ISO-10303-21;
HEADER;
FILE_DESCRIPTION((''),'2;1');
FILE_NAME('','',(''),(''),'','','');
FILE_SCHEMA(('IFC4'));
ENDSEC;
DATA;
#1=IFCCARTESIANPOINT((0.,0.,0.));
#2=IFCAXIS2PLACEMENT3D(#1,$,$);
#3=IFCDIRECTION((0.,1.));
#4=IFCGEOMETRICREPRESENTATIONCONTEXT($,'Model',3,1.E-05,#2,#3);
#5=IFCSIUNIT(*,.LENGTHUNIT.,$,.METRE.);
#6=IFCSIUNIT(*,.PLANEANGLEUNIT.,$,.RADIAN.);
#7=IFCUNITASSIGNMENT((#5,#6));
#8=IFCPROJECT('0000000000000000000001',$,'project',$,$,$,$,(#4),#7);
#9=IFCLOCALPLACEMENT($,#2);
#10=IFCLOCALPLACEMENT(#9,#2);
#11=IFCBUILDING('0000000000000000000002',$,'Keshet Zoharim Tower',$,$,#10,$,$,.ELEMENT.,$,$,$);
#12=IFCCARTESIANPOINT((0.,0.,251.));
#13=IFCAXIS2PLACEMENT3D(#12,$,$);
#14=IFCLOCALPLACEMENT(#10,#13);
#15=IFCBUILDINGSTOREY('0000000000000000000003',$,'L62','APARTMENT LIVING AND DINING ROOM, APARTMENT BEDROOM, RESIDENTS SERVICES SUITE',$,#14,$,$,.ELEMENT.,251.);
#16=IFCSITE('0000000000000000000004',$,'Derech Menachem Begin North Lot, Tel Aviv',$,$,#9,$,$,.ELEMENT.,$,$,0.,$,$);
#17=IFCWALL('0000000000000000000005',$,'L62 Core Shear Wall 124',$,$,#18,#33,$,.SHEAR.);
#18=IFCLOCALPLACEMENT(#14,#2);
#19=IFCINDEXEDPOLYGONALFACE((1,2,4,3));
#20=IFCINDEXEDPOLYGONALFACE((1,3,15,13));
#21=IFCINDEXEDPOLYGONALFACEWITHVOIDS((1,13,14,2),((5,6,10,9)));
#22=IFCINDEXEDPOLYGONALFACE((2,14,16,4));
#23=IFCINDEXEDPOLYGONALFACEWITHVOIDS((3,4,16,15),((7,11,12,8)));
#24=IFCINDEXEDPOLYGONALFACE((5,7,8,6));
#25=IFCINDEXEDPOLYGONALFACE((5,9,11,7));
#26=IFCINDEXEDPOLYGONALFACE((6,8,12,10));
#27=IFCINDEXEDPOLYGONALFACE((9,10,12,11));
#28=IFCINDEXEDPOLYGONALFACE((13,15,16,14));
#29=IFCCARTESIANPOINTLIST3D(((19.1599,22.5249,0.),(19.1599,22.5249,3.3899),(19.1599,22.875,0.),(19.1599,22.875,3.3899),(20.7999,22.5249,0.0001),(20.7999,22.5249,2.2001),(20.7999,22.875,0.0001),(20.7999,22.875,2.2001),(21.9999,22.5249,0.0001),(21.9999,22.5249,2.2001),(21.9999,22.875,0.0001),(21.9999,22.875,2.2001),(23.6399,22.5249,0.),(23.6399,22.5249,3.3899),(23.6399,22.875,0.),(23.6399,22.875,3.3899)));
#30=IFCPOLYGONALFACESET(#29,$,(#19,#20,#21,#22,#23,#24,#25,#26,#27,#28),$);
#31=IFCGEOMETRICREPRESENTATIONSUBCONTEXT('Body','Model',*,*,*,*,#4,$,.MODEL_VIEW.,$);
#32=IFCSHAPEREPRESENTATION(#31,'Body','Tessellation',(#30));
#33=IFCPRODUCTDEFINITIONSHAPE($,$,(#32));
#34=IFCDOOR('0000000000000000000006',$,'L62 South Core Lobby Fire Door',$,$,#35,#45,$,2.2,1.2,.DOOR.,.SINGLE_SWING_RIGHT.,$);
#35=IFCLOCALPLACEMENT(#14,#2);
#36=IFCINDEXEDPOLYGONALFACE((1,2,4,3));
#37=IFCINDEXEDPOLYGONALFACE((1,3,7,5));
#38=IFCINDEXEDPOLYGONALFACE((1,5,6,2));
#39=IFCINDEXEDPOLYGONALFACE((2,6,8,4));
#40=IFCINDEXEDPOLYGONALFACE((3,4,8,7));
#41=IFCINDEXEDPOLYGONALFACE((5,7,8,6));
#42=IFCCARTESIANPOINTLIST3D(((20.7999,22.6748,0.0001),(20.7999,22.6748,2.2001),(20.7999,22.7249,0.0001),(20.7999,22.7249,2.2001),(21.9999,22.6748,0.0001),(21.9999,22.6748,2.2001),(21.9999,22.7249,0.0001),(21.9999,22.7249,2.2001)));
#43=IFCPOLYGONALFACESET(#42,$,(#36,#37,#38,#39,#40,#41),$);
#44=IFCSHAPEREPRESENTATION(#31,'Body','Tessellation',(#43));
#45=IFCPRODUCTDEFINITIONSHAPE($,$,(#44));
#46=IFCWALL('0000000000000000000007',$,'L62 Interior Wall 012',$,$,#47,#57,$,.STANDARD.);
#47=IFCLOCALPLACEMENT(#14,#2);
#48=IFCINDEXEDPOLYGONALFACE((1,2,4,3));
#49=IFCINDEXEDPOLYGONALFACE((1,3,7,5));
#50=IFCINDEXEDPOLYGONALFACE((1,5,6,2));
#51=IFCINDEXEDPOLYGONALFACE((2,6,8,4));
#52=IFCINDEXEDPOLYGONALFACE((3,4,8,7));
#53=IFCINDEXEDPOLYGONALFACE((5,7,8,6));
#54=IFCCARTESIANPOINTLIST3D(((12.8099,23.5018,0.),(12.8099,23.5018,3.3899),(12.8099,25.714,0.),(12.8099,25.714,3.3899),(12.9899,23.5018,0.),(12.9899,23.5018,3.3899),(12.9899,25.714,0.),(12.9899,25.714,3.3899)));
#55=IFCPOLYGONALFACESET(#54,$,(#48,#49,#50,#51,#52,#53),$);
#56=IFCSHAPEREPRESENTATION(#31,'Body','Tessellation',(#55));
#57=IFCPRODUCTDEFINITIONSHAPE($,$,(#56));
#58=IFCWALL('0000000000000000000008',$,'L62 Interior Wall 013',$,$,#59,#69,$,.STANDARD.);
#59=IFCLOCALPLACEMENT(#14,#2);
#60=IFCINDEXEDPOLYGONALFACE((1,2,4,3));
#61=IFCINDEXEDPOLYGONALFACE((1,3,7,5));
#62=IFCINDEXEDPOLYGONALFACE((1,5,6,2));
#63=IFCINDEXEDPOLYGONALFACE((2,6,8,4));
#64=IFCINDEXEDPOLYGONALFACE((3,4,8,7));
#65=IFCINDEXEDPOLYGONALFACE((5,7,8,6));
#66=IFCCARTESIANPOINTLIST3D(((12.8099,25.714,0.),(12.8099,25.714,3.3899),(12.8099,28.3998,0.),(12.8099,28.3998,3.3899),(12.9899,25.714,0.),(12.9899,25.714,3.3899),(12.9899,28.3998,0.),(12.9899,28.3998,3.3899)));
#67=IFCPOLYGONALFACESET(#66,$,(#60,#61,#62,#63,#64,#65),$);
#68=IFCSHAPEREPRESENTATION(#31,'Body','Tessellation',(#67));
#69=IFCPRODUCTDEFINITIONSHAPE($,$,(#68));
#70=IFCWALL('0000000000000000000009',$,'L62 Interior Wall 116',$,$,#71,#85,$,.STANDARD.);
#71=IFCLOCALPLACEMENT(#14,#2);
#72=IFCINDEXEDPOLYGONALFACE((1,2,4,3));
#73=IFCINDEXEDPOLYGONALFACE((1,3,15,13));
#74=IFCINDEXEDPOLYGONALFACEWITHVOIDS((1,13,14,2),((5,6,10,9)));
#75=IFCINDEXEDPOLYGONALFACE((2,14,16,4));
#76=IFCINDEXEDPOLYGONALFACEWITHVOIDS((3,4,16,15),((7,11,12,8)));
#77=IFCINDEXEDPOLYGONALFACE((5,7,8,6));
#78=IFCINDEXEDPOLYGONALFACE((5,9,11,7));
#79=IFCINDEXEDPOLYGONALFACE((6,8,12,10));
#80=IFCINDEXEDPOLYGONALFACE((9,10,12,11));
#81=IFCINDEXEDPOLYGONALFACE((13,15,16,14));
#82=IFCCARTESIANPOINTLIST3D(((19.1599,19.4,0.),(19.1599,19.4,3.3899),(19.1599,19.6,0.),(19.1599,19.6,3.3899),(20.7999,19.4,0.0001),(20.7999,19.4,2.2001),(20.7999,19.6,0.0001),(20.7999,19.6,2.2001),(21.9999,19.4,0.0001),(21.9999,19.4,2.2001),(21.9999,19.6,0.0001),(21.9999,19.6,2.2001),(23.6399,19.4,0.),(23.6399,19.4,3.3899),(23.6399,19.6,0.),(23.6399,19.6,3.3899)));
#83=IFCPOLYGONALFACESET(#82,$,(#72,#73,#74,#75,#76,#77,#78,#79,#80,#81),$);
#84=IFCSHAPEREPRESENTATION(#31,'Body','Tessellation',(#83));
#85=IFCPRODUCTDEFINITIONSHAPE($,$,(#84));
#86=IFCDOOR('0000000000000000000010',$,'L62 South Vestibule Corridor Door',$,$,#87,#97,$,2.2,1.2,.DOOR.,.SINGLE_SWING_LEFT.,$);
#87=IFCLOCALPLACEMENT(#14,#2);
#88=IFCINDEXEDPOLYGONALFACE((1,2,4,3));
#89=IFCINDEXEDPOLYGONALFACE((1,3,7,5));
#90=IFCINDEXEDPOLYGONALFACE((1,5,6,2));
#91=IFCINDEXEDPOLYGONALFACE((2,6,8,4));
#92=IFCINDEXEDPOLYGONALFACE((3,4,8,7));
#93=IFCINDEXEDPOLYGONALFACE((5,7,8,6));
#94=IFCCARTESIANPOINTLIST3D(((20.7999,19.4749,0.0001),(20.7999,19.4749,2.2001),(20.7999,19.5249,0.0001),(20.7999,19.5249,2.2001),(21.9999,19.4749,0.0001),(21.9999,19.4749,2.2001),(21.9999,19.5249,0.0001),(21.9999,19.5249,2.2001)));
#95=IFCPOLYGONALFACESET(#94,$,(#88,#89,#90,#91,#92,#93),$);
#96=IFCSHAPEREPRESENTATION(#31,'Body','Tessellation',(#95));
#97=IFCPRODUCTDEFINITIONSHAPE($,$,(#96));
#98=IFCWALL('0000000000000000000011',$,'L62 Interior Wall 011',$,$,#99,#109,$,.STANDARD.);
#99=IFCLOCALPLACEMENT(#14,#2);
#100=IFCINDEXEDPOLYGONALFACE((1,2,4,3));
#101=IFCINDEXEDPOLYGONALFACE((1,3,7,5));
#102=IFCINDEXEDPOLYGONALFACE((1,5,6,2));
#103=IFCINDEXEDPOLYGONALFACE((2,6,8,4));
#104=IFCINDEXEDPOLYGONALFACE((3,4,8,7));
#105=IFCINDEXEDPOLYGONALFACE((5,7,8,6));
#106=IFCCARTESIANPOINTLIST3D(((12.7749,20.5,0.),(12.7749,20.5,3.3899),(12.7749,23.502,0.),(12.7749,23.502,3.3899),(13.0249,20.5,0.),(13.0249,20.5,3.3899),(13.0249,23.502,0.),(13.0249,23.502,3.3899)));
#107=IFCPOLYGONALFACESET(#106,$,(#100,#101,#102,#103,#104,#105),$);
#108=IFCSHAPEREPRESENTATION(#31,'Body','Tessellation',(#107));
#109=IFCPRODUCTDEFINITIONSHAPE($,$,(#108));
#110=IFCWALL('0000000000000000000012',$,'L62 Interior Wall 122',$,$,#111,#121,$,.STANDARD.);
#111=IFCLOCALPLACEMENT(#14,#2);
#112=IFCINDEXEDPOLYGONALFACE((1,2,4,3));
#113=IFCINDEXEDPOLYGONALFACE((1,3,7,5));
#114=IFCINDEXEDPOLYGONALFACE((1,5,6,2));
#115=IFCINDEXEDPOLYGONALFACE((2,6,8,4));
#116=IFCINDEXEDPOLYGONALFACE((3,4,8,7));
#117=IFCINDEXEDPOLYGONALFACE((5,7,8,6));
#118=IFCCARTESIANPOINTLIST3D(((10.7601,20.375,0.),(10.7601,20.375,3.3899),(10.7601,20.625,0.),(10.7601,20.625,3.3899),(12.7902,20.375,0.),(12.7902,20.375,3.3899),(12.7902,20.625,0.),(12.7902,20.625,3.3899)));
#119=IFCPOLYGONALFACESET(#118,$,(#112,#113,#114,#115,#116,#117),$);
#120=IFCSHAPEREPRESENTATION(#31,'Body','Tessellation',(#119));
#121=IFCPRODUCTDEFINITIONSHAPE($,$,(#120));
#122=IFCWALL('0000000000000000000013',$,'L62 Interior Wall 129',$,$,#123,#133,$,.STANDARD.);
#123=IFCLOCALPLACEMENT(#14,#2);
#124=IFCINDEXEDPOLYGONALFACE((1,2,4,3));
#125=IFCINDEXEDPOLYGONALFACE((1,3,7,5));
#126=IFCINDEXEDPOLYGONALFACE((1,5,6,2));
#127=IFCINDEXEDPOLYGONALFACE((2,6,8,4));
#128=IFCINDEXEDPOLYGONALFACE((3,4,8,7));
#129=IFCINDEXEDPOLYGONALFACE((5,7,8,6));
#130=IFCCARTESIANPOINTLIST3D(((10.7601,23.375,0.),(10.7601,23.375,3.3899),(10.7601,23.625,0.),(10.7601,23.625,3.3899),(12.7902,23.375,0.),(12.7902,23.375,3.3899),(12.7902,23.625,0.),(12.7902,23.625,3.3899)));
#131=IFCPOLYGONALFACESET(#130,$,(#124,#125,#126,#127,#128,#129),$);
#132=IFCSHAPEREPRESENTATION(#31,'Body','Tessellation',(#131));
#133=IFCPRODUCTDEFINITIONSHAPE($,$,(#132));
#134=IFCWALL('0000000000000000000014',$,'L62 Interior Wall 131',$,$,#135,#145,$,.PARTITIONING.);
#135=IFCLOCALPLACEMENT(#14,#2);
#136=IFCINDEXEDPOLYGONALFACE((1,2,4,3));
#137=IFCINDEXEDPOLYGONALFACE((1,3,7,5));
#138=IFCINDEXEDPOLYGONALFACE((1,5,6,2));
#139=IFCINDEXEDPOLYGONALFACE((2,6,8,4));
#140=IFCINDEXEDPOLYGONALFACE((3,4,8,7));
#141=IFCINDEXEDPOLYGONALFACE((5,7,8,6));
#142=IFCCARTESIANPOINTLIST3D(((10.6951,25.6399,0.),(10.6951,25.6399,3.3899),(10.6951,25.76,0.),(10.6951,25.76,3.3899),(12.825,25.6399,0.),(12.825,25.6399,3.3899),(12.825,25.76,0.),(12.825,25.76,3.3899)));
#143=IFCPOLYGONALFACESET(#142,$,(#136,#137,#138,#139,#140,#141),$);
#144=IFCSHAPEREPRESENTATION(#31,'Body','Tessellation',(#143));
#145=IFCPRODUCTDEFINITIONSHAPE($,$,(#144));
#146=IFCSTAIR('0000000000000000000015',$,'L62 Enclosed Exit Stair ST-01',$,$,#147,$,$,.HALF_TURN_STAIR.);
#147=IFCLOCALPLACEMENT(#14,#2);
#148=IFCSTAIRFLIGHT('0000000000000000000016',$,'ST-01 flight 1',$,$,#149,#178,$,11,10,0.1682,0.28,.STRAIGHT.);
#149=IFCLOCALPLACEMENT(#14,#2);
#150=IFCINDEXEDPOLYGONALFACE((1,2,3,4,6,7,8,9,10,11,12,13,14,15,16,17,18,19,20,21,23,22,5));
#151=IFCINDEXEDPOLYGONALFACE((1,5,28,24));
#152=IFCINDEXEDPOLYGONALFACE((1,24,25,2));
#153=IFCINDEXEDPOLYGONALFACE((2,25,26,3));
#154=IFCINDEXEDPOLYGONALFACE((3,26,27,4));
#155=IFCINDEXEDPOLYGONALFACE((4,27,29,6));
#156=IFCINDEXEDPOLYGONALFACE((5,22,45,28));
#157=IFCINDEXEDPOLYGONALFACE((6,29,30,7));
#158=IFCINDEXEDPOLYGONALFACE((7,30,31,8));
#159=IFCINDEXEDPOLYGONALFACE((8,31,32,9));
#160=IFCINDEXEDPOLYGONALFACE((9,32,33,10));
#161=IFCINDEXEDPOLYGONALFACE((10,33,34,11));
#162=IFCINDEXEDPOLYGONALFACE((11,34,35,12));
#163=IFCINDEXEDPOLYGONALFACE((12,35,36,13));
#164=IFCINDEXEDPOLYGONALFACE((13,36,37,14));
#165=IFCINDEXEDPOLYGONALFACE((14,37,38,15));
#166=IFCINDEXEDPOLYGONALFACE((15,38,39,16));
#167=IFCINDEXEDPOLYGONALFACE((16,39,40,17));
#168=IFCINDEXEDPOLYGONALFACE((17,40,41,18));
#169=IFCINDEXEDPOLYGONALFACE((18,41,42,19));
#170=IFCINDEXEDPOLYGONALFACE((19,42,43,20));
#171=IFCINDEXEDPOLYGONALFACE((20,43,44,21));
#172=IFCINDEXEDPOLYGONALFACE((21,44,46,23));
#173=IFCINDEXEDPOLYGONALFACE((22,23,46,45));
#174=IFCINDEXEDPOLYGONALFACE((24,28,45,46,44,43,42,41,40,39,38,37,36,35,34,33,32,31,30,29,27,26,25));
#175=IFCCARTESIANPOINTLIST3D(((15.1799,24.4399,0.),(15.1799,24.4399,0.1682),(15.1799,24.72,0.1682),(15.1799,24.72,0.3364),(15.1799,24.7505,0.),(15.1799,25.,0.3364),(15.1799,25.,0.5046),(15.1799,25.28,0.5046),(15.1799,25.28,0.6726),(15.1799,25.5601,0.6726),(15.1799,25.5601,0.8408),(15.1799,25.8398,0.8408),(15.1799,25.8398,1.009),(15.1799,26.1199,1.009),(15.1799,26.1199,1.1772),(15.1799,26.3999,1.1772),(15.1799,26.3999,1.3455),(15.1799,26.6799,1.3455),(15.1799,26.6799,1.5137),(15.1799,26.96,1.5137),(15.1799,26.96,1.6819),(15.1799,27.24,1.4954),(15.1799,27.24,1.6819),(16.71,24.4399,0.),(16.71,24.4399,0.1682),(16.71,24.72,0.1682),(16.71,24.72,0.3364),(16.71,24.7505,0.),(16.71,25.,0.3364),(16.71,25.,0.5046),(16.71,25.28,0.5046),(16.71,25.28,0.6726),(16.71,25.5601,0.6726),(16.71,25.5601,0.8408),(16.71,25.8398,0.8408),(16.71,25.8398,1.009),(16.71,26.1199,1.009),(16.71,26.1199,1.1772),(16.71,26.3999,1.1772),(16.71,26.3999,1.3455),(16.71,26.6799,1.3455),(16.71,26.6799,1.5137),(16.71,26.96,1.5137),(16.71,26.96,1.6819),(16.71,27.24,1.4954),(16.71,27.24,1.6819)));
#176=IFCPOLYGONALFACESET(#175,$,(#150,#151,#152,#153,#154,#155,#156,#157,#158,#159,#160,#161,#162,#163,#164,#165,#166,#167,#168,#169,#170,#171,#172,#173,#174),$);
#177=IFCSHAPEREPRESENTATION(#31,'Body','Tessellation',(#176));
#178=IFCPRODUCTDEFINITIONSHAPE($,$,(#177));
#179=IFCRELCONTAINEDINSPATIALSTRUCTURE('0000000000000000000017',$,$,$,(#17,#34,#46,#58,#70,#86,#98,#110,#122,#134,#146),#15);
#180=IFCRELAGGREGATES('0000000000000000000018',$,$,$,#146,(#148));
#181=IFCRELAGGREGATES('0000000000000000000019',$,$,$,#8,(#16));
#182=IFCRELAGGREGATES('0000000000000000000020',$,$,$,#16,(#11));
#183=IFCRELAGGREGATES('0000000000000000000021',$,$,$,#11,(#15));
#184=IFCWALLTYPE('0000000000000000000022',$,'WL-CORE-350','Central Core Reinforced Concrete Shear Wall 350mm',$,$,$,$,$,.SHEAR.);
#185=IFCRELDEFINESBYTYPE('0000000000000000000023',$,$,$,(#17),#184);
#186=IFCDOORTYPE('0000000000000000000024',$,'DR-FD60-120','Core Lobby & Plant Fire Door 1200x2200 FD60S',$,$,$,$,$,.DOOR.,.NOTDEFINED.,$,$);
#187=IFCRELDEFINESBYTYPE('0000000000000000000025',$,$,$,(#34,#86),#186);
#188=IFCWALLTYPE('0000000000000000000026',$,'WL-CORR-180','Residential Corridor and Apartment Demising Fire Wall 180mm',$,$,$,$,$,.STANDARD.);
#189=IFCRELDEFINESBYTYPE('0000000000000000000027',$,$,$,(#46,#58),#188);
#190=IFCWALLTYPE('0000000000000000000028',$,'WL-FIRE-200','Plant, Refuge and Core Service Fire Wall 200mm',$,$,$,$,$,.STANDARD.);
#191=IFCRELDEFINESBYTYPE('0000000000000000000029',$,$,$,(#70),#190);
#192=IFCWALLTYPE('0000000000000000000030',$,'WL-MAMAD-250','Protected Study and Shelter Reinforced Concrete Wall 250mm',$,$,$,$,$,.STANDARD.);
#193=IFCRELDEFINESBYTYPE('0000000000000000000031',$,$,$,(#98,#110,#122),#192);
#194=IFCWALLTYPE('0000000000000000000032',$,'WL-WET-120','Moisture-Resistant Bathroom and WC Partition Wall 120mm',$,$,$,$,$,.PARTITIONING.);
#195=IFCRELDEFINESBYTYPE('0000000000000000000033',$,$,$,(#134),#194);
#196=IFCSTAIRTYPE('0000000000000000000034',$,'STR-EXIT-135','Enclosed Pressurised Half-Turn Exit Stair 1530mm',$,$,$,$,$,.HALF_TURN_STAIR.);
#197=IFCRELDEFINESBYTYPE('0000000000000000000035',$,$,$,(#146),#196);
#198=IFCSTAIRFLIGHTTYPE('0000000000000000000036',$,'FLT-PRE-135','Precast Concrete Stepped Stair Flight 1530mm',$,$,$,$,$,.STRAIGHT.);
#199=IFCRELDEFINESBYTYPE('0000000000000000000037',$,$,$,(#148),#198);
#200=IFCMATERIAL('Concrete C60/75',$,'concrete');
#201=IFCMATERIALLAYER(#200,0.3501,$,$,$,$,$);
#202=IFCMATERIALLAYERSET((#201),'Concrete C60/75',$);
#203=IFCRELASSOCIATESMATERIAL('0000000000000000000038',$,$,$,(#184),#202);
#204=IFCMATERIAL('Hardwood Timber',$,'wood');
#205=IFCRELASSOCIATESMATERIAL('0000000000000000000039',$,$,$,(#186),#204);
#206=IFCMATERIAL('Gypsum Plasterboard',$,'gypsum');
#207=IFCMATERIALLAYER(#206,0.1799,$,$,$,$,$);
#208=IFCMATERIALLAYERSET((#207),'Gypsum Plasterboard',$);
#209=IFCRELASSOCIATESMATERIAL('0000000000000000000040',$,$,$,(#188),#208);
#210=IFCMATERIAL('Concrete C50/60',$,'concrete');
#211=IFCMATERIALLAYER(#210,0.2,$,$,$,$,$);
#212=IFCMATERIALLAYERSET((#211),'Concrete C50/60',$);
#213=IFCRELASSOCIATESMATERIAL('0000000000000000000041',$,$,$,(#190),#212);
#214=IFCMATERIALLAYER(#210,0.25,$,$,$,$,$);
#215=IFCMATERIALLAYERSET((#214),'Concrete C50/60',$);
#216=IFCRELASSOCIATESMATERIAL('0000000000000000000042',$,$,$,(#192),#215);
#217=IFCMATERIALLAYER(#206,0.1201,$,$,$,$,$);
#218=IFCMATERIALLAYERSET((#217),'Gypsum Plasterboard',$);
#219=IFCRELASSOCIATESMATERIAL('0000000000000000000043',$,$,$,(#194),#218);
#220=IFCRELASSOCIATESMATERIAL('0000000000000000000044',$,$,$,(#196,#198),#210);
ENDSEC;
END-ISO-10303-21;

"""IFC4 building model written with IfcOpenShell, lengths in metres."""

from ifc_helpers import new_model, si_unit, direction, frame, frame_2d, origin, place, context, subcontext, project, spatial, polyline, rectangle, outline, extrude, material, layer, layer_set, type_object, element, fill, aggregate, save


model = new_model("IFC4")

# Units and contexts
model_context = context("Model", 3, precision=1e-05, world=origin(), true_north=direction((0.0, 1.0)))
body_context = subcontext(model_context, "Body", "Model", "MODEL_VIEW")
ifc_project = project(units=[si_unit("LENGTHUNIT", "METRE"), si_unit("PLANEANGLEUNIT", "RADIAN")], contexts=[model_context])

# Site, building, storey
site_placement = place(None, origin())
site = spatial("IfcSite", under=ifc_project, at=site_placement, Name="Derech Menachem Begin North Lot, Tel Aviv", CompositionType="ELEMENT", RefElevation=0.0)
building_placement = place(site_placement, origin())
building = spatial("IfcBuilding", under=site, at=building_placement, Name="Keshet Zoharim Tower", CompositionType="ELEMENT")
storey_placement = place(building_placement, frame((0.0, 0.0, 251.0)))
storey = spatial("IfcBuildingStorey", under=building, at=storey_placement, Name="L62", Description="APARTMENT LIVING AND DINING ROOM, APARTMENT BEDROOM, RESIDENTS SERVICES SUITE", CompositionType="ELEMENT", Elevation=251.0)

# Shared definitions
ifc_material_1 = material(Name="Concrete C50/60", Category="concrete")

# Shared definitions
ifc_material_2 = material(Name="Concrete C60/75", Category="concrete")
ifc_layer_1 = layer(ifc_material_2, 0.3501)
ifc_layer_set_1 = layer_set([ifc_layer_1], Name="Concrete C60/75")
wall_type_1 = type_object("IfcWallType", Name="WL-CORE-350", Description="Central Core Reinforced Concrete Shear Wall 350mm", PredefinedType="SHEAR", material=ifc_layer_set_1)

# Shared definitions
ifc_material_3 = material(Name="Hardwood Timber", Category="wood")

# Wall, opening, door
wall_1_placement = place(storey_placement, frame((19.1599, 22.7, 0.0), z_axis=(0.0, 0.0, 1.0), x_axis=(1.0, 0.0, 0.0)))
wall_1 = element("IfcWall", 1, at=wall_1_placement, inside=storey, type_object=wall_type_1, Name="L62 Core Shear Wall 124", PredefinedType="SHEAR", context=body_context, shape_type="SweptSolid", body=[
    extrude(rectangle(XDim=4.48, YDim=0.3501, at=frame_2d((2.24, 0.0))), origin(), (0.0, 0.0, 1.0), 3.3899),
])
opening_1_placement = place(wall_1_placement, frame((1.6399, 0.0, 0.0)))
opening_1 = element("IfcOpeningElement", 2, at=opening_1_placement, cuts=wall_1, PredefinedType="OPENING", context=body_context, shape_type="SweptSolid", body=[
    extrude(rectangle(XDim=1.2, YDim=2.2, at=frame_2d((0.6001, 1.1001))), frame((0.0, 0.1851, 0.0), z_axis=(0.0, -1.0, 0.0), x_axis=(1.0, 0.0, 0.0)), (0.0, 0.0, 1.0), 0.3701),
])
door_type_1 = type_object("IfcDoorType", Name="DR-FD60-120", Description="Core Lobby & Plant Fire Door 1200x2200 FD60S", OperationType="NOTDEFINED", PredefinedType="DOOR", material=ifc_material_3)
door_1_placement = place(opening_1_placement, origin())
door_1 = element("IfcDoor", 3, at=door_1_placement, inside=storey, type_object=door_type_1, Name="L62 South Core Lobby Fire Door", OperationType="SINGLE_SWING_RIGHT", OverallHeight=2.2, OverallWidth=1.2, PredefinedType="DOOR", context=body_context, shape_type="SweptSolid", body=[
    extrude(rectangle(XDim=1.2, YDim=2.2, at=frame_2d((0.6001, 1.1001))), frame((0.0, 0.0249, 0.0), z_axis=(0.0, -1.0, 0.0), x_axis=(1.0, 0.0, 0.0)), (0.0, 0.0, 1.0), 0.05),
])
fill(opening_1, door_1)

# Walls
ifc_material_4 = material(Name="Gypsum Plasterboard", Category="gypsum")
ifc_layer_2 = layer(ifc_material_4, 0.1799)
ifc_layer_set_2 = layer_set([ifc_layer_2], Name="Gypsum Plasterboard")
wall_type_2 = type_object("IfcWallType", Name="WL-CORR-180", Description="Residential Corridor and Apartment Demising Fire Wall 180mm", PredefinedType="STANDARD", material=ifc_layer_set_2)
wall_2_placement = place(storey_placement, frame((12.8999, 23.502, 0.0), z_axis=(0.0, 0.0, 1.0), x_axis=(0.0, 1.0, 0.0)))
element("IfcWall", 4, at=wall_2_placement, inside=storey, type_object=wall_type_2, Name="L62 Interior Wall 012", PredefinedType="STANDARD", context=body_context, shape_type="SweptSolid", body=[
    extrude(rectangle(XDim=2.2122, YDim=0.1799, at=frame_2d((1.106, 0.0))), origin(), (0.0, 0.0, 1.0), 3.3899),
])
wall_3_placement = place(storey_placement, frame((12.8999, 25.7141, 0.0), z_axis=(0.0, 0.0, 1.0), x_axis=(0.0, 1.0, 0.0)))
element("IfcWall", 5, at=wall_3_placement, inside=storey, type_object=wall_type_2, Name="L62 Interior Wall 013", PredefinedType="STANDARD", context=body_context, shape_type="SweptSolid", body=[
    extrude(rectangle(XDim=2.6858, YDim=0.1799, at=frame_2d((1.3428, 0.0))), origin(), (0.0, 0.0, 1.0), 3.3899),
])

# Wall, opening, door
ifc_layer_3 = layer(ifc_material_1, 0.2)
ifc_layer_set_3 = layer_set([ifc_layer_3], Name="Concrete C50/60")
wall_type_3 = type_object("IfcWallType", Name="WL-FIRE-200", Description="Plant, Refuge and Core Service Fire Wall 200mm", PredefinedType="STANDARD", material=ifc_layer_set_3)
wall_4_placement = place(storey_placement, frame((19.1599, 19.5, 0.0), z_axis=(0.0, 0.0, 1.0), x_axis=(1.0, 0.0, 0.0)))
wall_4 = element("IfcWall", 6, at=wall_4_placement, inside=storey, type_object=wall_type_3, Name="L62 Interior Wall 116", PredefinedType="STANDARD", context=body_context, shape_type="SweptSolid", body=[
    extrude(rectangle(XDim=4.48, YDim=0.2, at=frame_2d((2.24, 0.0))), origin(), (0.0, 0.0, 1.0), 3.3899),
])
opening_2_placement = place(wall_4_placement, frame((1.6399, 0.0, 0.0)))
opening_2 = element("IfcOpeningElement", 7, at=opening_2_placement, cuts=wall_4, PredefinedType="OPENING", context=body_context, shape_type="SweptSolid", body=[
    extrude(rectangle(XDim=1.2, YDim=2.2, at=frame_2d((0.6001, 1.1001))), frame((0.0, 0.1099, 0.0), z_axis=(0.0, -1.0, 0.0), x_axis=(1.0, 0.0, 0.0)), (0.0, 0.0, 1.0), 0.22),
])
door_2_placement = place(opening_2_placement, origin())
door_2 = element("IfcDoor", 8, at=door_2_placement, inside=storey, type_object=door_type_1, Name="L62 South Vestibule Corridor Door", OperationType="SINGLE_SWING_LEFT", OverallHeight=2.2, OverallWidth=1.2, PredefinedType="DOOR", context=body_context, shape_type="SweptSolid", body=[
    extrude(rectangle(XDim=1.2, YDim=2.2, at=frame_2d((0.6001, 1.1001))), frame((0.0, 0.0249, 0.0), z_axis=(0.0, -1.0, 0.0), x_axis=(1.0, 0.0, 0.0)), (0.0, 0.0, 1.0), 0.05),
])
fill(opening_2, door_2)

# Walls
ifc_layer_4 = layer(ifc_material_1, 0.25)
ifc_layer_set_4 = layer_set([ifc_layer_4], Name="Concrete C50/60")
wall_type_4 = type_object("IfcWallType", Name="WL-MAMAD-250", Description="Protected Study and Shelter Reinforced Concrete Wall 250mm", PredefinedType="STANDARD", material=ifc_layer_set_4)
wall_5_placement = place(storey_placement, frame((12.8999, 20.5, 0.0), z_axis=(0.0, 0.0, 1.0), x_axis=(0.0, 1.0, 0.0)))
element("IfcWall", 9, at=wall_5_placement, inside=storey, type_object=wall_type_4, Name="L62 Interior Wall 011", PredefinedType="STANDARD", context=body_context, shape_type="SweptSolid", body=[
    extrude(rectangle(XDim=3.002, YDim=0.25, at=frame_2d((1.501, 0.0))), origin(), (0.0, 0.0, 1.0), 3.3899),
])
for number, where, z_axis, x_axis, name in (
    (10, (10.76, 20.5, 0.0), (0.0, 0.0, 1.0), (1.0, 0.0, 0.0), "L62 Interior Wall 122"),
    (11, (10.76, 23.5, 0.0), (0.0, 0.0, 1.0), (1.0, 0.0, 0.0), "L62 Interior Wall 129"),
):
    element("IfcWall", number, at=place(storey_placement, frame(where, z_axis=z_axis, x_axis=x_axis)), inside=storey, type_object=wall_type_4, Name=name, PredefinedType="STANDARD", context=body_context, shape_type="SweptSolid", body=[
        extrude(rectangle(XDim=2.03, YDim=0.25, at=frame_2d((1.0151, 0.0))), origin(), (0.0, 0.0, 1.0), 3.3899),
    ])

# Wall
ifc_layer_5 = layer(ifc_material_4, 0.1201)
ifc_layer_set_5 = layer_set([ifc_layer_5], Name="Gypsum Plasterboard")
wall_type_5 = type_object("IfcWallType", Name="WL-WET-120", Description="Moisture-Resistant Bathroom and WC Partition Wall 120mm", PredefinedType="PARTITIONING", material=ifc_layer_set_5)
wall_6_placement = place(storey_placement, frame((10.6951, 25.7, 0.0), z_axis=(0.0, 0.0, 1.0), x_axis=(1.0, 0.0, 0.0)))
element("IfcWall", 12, at=wall_6_placement, inside=storey, type_object=wall_type_5, Name="L62 Interior Wall 131", PredefinedType="PARTITIONING", context=body_context, shape_type="SweptSolid", body=[
    extrude(rectangle(XDim=2.1299, YDim=0.1201, at=frame_2d((1.0649, 0.0))), origin(), (0.0, 0.0, 1.0), 3.3899),
])

# Stair, stair flight
stair_type = type_object("IfcStairType", Name="STR-EXIT-135", Description="Enclosed Pressurised Half-Turn Exit Stair 1530mm", PredefinedType="HALF_TURN_STAIR", material=ifc_material_1)
stair_placement = place(storey_placement, origin())
stair = element("IfcStair", 13, at=stair_placement, inside=storey, type_object=stair_type, Name="L62 Enclosed Exit Stair ST-01", PredefinedType="HALF_TURN_STAIR")
stair_flight_type = type_object("IfcStairFlightType", Name="FLT-PRE-135", Description="Precast Concrete Stepped Stair Flight 1530mm", PredefinedType="STRAIGHT", material=ifc_material_1)
stair_flight_1_placement = place(storey_placement, frame((15.9451, 24.4399, 0.0), z_axis=(0.0, 0.0, 1.0), x_axis=(0.0, 1.0, 0.0)))
stair_flight_1 = element("IfcStairFlight", 14, at=stair_flight_1_placement, type_object=stair_flight_type, Name="ST-01 flight 1", NumberOfRisers=11, NumberOfTreads=10, PredefinedType="STRAIGHT", RiserHeight=0.1682, TreadLength=0.28, context=body_context, shape_type="SweptSolid", body=[
    extrude(outline(polyline([(0.0, 0.0), (0.0, 0.1682), (0.28, 0.1682), (0.28, 0.3364), (0.5601, 0.3364), (0.5601, 0.5046), (0.8401, 0.5046), (0.8401, 0.6726), (1.1201, 0.6726), (1.1201, 0.8408), (1.3999, 0.8408), (1.3999, 1.009), (1.6799, 1.009), (1.6799, 1.1772), (1.96, 1.1772), (1.96, 1.3455), (2.24, 1.3455), (2.24, 1.5137), (2.52, 1.5137), (2.52, 1.6819), (2.8, 1.6819), (2.8, 1.8501), (2.8, 1.4954), (0.3105, 0.0), (0.0, 0.0)])), frame((0.0, 0.7651, 0.0), z_axis=(0.0, -1.0, 0.0), x_axis=(1.0, 0.0, 0.0)), (0.0, 0.0, 1.0), 1.53),
])
aggregate(stair, [stair_flight_1])

save(model, "model.ifc")
